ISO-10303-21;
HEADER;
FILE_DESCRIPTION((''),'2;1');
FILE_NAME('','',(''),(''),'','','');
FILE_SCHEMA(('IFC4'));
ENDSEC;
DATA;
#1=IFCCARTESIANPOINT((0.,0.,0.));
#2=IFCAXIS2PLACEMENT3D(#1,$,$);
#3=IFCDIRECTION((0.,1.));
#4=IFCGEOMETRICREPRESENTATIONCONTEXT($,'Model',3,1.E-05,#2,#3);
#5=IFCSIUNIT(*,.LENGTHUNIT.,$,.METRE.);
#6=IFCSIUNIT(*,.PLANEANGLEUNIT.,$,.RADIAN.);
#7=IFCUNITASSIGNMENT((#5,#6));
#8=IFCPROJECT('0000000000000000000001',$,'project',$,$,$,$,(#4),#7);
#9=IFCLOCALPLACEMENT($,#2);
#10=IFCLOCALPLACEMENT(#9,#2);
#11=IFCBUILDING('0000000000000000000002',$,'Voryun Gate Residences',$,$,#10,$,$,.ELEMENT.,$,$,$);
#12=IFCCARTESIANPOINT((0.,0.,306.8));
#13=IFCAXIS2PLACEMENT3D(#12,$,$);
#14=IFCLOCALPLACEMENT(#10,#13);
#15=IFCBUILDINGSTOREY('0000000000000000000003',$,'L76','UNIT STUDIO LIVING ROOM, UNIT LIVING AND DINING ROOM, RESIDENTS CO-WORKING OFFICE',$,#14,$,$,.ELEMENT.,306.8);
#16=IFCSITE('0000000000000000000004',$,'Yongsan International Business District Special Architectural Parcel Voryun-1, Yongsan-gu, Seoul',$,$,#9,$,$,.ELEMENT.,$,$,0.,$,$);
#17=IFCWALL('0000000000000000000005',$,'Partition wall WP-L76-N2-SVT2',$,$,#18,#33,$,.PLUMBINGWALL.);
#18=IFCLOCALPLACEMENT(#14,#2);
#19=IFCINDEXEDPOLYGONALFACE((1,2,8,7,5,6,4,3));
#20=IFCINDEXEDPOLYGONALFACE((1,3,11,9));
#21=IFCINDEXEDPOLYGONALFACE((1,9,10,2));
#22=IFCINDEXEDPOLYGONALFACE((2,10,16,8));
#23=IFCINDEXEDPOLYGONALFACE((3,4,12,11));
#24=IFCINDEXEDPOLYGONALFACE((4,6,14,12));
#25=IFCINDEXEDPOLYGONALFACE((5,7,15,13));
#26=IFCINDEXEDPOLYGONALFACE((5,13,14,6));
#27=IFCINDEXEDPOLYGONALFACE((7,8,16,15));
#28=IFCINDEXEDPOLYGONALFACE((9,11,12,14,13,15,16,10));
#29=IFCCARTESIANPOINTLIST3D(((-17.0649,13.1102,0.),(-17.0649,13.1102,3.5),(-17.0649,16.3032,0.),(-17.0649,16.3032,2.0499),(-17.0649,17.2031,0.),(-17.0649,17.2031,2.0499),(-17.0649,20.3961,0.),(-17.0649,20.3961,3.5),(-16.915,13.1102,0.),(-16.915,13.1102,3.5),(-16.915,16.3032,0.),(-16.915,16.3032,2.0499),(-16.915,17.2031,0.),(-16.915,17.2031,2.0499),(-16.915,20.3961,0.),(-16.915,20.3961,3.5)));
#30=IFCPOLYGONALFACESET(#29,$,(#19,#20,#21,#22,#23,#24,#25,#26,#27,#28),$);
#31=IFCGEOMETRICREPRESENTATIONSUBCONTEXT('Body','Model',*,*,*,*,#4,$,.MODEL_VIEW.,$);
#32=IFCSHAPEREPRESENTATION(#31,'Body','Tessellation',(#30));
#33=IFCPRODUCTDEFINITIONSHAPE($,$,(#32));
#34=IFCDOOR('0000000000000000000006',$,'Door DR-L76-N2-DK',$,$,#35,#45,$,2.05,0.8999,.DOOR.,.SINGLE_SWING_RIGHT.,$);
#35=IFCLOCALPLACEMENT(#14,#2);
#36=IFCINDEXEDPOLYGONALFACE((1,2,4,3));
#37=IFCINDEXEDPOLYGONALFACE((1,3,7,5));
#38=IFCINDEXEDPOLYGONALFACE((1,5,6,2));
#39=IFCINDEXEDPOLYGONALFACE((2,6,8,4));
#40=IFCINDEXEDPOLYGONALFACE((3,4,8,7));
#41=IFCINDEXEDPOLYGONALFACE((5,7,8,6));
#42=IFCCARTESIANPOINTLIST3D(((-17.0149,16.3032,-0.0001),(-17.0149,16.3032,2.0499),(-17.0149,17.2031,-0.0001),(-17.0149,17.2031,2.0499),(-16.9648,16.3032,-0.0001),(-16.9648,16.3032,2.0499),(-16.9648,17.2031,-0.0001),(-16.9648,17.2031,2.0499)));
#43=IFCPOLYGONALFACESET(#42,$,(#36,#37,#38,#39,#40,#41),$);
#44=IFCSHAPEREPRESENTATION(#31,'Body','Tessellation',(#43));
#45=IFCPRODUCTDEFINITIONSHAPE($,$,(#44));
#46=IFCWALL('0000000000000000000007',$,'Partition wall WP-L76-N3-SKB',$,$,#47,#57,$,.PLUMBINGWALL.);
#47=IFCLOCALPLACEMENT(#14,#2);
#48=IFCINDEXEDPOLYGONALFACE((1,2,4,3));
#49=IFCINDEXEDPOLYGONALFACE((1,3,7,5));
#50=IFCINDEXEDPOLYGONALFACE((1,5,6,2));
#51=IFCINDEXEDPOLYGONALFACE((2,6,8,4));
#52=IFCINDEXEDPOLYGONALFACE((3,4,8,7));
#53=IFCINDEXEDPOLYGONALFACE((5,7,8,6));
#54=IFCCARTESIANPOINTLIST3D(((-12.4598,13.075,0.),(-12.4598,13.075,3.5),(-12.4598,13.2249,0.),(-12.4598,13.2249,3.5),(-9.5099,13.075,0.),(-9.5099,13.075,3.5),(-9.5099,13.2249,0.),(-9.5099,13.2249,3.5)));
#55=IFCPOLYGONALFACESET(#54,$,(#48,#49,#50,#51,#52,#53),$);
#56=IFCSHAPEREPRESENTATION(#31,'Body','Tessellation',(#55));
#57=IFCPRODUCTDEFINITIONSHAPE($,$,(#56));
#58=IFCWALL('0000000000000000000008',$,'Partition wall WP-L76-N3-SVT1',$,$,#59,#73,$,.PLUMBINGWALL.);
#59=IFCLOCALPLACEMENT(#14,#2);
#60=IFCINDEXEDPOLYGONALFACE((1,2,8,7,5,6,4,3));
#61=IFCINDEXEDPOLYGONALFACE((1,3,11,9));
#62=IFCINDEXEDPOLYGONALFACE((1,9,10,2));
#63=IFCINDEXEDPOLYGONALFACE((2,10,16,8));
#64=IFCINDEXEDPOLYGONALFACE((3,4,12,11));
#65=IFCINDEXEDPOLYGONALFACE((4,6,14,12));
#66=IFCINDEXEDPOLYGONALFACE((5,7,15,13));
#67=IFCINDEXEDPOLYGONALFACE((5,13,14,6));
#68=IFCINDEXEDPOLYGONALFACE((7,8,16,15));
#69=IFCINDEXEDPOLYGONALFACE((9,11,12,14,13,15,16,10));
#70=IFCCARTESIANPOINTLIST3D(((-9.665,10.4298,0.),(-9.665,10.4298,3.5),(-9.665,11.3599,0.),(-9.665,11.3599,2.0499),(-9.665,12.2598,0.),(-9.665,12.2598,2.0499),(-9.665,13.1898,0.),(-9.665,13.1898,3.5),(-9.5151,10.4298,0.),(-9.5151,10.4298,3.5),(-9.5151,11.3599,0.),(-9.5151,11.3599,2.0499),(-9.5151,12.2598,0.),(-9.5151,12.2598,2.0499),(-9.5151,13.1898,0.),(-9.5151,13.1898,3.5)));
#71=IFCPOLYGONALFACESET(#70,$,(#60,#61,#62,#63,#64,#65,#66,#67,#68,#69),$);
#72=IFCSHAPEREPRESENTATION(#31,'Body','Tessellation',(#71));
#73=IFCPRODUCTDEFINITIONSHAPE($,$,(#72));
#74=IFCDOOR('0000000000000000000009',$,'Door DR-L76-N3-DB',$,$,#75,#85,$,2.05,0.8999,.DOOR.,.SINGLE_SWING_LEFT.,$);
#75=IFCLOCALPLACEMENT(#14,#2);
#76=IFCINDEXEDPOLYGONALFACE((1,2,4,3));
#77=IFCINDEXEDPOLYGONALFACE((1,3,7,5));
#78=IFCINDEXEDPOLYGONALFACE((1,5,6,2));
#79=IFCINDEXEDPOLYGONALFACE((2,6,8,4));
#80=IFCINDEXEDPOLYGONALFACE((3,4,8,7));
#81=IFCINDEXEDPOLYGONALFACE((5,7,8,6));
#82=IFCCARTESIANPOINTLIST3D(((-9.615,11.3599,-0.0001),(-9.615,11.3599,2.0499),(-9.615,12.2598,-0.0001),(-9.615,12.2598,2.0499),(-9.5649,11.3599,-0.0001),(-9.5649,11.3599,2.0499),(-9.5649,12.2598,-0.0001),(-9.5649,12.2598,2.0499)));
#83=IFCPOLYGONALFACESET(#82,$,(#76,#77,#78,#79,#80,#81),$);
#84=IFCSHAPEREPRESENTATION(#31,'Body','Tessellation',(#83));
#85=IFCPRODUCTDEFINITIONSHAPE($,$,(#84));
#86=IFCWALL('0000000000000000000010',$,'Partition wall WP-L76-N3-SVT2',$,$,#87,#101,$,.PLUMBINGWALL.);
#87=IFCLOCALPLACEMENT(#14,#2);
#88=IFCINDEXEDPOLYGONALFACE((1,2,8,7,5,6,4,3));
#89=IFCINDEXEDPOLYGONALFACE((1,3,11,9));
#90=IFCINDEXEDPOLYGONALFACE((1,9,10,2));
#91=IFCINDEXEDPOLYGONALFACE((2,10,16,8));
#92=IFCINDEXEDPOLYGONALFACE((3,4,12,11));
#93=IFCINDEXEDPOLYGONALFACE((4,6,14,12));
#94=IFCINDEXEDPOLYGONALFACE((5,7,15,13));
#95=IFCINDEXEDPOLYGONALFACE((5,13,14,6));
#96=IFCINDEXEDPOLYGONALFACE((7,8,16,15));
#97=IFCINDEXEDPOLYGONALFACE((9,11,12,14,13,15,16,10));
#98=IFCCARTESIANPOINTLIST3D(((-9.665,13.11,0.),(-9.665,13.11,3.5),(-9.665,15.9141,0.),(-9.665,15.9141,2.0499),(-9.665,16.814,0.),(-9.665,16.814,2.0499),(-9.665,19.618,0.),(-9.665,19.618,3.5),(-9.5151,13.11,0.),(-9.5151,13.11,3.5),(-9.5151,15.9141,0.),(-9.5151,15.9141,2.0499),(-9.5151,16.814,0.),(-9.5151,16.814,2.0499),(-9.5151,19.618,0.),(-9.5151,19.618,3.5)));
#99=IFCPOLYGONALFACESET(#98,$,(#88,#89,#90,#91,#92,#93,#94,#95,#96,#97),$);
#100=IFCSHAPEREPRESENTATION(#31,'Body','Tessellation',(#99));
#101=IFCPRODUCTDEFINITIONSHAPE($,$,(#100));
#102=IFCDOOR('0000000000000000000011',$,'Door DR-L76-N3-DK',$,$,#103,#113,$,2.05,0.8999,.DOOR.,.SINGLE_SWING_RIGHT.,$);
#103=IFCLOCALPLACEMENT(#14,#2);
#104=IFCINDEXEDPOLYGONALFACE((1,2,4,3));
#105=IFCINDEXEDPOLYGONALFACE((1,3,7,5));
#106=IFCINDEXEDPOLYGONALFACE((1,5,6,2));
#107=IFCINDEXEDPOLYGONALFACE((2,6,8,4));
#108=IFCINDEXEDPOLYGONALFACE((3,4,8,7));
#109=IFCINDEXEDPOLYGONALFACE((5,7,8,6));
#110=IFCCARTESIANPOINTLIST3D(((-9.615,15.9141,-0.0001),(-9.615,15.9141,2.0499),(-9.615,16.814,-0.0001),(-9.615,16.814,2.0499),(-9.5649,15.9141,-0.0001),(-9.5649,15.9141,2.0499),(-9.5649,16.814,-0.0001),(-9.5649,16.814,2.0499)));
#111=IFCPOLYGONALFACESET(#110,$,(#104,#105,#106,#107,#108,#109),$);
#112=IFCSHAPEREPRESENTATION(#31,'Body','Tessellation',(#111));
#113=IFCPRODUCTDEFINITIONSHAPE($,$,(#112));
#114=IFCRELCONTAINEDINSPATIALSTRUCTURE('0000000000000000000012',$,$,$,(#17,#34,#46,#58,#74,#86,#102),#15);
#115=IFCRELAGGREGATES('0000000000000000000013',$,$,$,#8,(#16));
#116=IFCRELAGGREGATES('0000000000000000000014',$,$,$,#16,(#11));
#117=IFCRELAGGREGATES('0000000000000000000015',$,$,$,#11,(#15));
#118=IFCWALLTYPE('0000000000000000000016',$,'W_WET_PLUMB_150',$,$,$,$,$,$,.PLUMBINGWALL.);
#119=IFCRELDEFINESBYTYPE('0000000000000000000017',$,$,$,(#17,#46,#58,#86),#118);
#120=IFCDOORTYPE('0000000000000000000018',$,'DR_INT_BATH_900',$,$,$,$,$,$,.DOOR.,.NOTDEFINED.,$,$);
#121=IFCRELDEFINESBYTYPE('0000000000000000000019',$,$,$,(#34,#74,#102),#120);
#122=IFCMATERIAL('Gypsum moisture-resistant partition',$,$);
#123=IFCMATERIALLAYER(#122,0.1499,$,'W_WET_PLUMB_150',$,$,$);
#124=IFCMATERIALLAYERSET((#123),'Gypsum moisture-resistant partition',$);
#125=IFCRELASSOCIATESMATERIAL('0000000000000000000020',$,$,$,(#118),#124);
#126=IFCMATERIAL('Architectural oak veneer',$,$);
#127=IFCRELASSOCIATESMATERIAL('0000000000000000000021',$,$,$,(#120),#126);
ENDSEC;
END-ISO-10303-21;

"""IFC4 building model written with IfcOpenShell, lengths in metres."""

from ifc_helpers import new_model, si_unit, direction, frame, frame_2d, origin, place, context, subcontext, project, spatial, rectangle, extrude, material, layer, layer_set, type_object, element, fill, save


model = new_model("IFC4")

# Units and contexts
model_context = context("Model", 3, precision=1e-05, world=origin(), true_north=direction((0.0, 1.0)))
body_context = subcontext(model_context, "Body", "Model", "MODEL_VIEW")
ifc_project = project(units=[si_unit("LENGTHUNIT", "METRE"), si_unit("PLANEANGLEUNIT", "RADIAN")], contexts=[model_context])

# Site, building, storey
site_placement = place(None, origin())
site = spatial("IfcSite", under=ifc_project, at=site_placement, Name="Yongsan International Business District Special Architectural Parcel Voryun-1, Yongsan-gu, Seoul", CompositionType="ELEMENT", RefElevation=0.0)
building_placement = place(site_placement, origin())
building = spatial("IfcBuilding", under=site, at=building_placement, Name="Voryun Gate Residences", CompositionType="ELEMENT")
storey_placement = place(building_placement, frame((0.0, 0.0, 306.8)))
storey = spatial("IfcBuildingStorey", under=building, at=storey_placement, Name="L76", Description="UNIT STUDIO LIVING ROOM, UNIT LIVING AND DINING ROOM, RESIDENTS CO-WORKING OFFICE", CompositionType="ELEMENT", Elevation=306.8)

# Wall, opening, door
ifc_material_1 = material(Name="Gypsum moisture-resistant partition")
ifc_layer_1 = layer(ifc_material_1, 0.1499, Name="W_WET_PLUMB_150")
ifc_layer_set_1 = layer_set([ifc_layer_1], Name="Gypsum moisture-resistant partition")
wall_type_1 = type_object("IfcWallType", Name="W_WET_PLUMB_150", PredefinedType="PLUMBINGWALL", material=ifc_layer_set_1)
ifc_material_2 = material(Name="Architectural oak veneer")
door_type_1 = type_object("IfcDoorType", Name="DR_INT_BATH_900", OperationType="NOTDEFINED", PredefinedType="DOOR", material=ifc_material_2)
wall_1_placement = place(storey_placement, frame((-16.99, 13.1101, 0.0), z_axis=(0.0, 0.0, 1.0), x_axis=(0.0, 1.0, 0.0)))
wall_1 = element("IfcWall", 1, at=wall_1_placement, inside=storey, type_object=wall_type_1, Name="Partition wall WP-L76-N2-SVT2", PredefinedType="PLUMBINGWALL", context=body_context, shape_type="SweptSolid", body=[
    extrude(rectangle(XDim=7.2859, YDim=0.1499, at=frame_2d((3.6431, 0.0))), origin(), (0.0, 0.0, 1.0), 3.5),
])
opening_1_placement = place(wall_1_placement, frame((3.1931, 0.0, 0.0)))
opening_1 = element("IfcOpeningElement", 2, at=opening_1_placement, cuts=wall_1, PredefinedType="OPENING", context=body_context, shape_type="SweptSolid", body=[
    extrude(rectangle(XDim=0.8999, YDim=2.05, at=frame_2d((0.45, 1.0249))), frame((0.0, 0.085, 0.0), z_axis=(0.0, -1.0, 0.0), x_axis=(1.0, 0.0, 0.0)), (0.0, 0.0, 1.0), 0.1699),
])
door_1_placement = place(opening_1_placement, origin())
door_1 = element("IfcDoor", 3, at=door_1_placement, inside=storey, type_object=door_type_1, Name="Door DR-L76-N2-DK", OperationType="SINGLE_SWING_RIGHT", OverallHeight=2.05, OverallWidth=0.8999, PredefinedType="DOOR", context=body_context, shape_type="SweptSolid", body=[
    extrude(rectangle(XDim=0.8999, YDim=2.05, at=frame_2d((0.45, 1.0249))), frame((0.0, 0.0249, 0.0), z_axis=(0.0, -1.0, 0.0), x_axis=(1.0, 0.0, 0.0)), (0.0, 0.0, 1.0), 0.05),
])
fill(opening_1, door_1)

# Wall
wall_2_placement = place(storey_placement, frame((-12.46, 13.1499, 0.0), z_axis=(0.0, 0.0, 1.0), x_axis=(1.0, 0.0, 0.0)))
element("IfcWall", 4, at=wall_2_placement, inside=storey, type_object=wall_type_1, Name="Partition wall WP-L76-N3-SKB", PredefinedType="PLUMBINGWALL", context=body_context, shape_type="SweptSolid", body=[
    extrude(rectangle(XDim=2.95, YDim=0.1499, at=frame_2d((1.4751, 0.0))), origin(), (0.0, 0.0, 1.0), 3.5),
])

# Walls, openings, doors
wall_3_placement = place(storey_placement, frame((-9.5901, 10.4299, 0.0), z_axis=(0.0, 0.0, 1.0), x_axis=(0.0, 1.0, 0.0)))
wall_3 = element("IfcWall", 5, at=wall_3_placement, inside=storey, type_object=wall_type_1, Name="Partition wall WP-L76-N3-SVT1", PredefinedType="PLUMBINGWALL", context=body_context, shape_type="SweptSolid", body=[
    extrude(rectangle(XDim=2.76, YDim=0.1499, at=frame_2d((1.3799, 0.0))), origin(), (0.0, 0.0, 1.0), 3.5),
])
opening_2_placement = place(wall_3_placement, frame((0.9299, 0.0, 0.0)))
opening_2 = element("IfcOpeningElement", 6, at=opening_2_placement, cuts=wall_3, PredefinedType="OPENING", context=body_context, shape_type="SweptSolid", body=[
    extrude(rectangle(XDim=0.8999, YDim=2.05, at=frame_2d((0.45, 1.0249))), frame((0.0, 0.085, 0.0), z_axis=(0.0, -1.0, 0.0), x_axis=(1.0, 0.0, 0.0)), (0.0, 0.0, 1.0), 0.1699),
])
door_2_placement = place(opening_2_placement, origin())
door_2 = element("IfcDoor", 7, at=door_2_placement, inside=storey, type_object=door_type_1, Name="Door DR-L76-N3-DB", OperationType="SINGLE_SWING_LEFT", OverallHeight=2.05, OverallWidth=0.8999, PredefinedType="DOOR", context=body_context, shape_type="SweptSolid", body=[
    extrude(rectangle(XDim=0.8999, YDim=2.05, at=frame_2d((0.45, 1.0249))), frame((0.0, 0.0249, 0.0), z_axis=(0.0, -1.0, 0.0), x_axis=(1.0, 0.0, 0.0)), (0.0, 0.0, 1.0), 0.05),
])
fill(opening_2, door_2)
wall_4_placement = place(storey_placement, frame((-9.5901, 13.1101, 0.0), z_axis=(0.0, 0.0, 1.0), x_axis=(0.0, 1.0, 0.0)))
wall_4 = element("IfcWall", 8, at=wall_4_placement, inside=storey, type_object=wall_type_1, Name="Partition wall WP-L76-N3-SVT2", PredefinedType="PLUMBINGWALL", context=body_context, shape_type="SweptSolid", body=[
    extrude(rectangle(XDim=6.5081, YDim=0.1499, at=frame_2d((3.2539, 0.0))), origin(), (0.0, 0.0, 1.0), 3.5),
])
opening_3_placement = place(wall_4_placement, frame((2.804, 0.0, 0.0)))
opening_3 = element("IfcOpeningElement", 9, at=opening_3_placement, cuts=wall_4, PredefinedType="OPENING", context=body_context, shape_type="SweptSolid", body=[
    extrude(rectangle(XDim=0.8999, YDim=2.05, at=frame_2d((0.45, 1.0249))), frame((0.0, 0.085, 0.0), z_axis=(0.0, -1.0, 0.0), x_axis=(1.0, 0.0, 0.0)), (0.0, 0.0, 1.0), 0.1699),
])
door_3_placement = place(opening_3_placement, origin())
door_3 = element("IfcDoor", 10, at=door_3_placement, inside=storey, type_object=door_type_1, Name="Door DR-L76-N3-DK", OperationType="SINGLE_SWING_RIGHT", OverallHeight=2.05, OverallWidth=0.8999, PredefinedType="DOOR", context=body_context, shape_type="SweptSolid", body=[
    extrude(rectangle(XDim=0.8999, YDim=2.05, at=frame_2d((0.45, 1.0249))), frame((0.0, 0.0249, 0.0), z_axis=(0.0, -1.0, 0.0), x_axis=(1.0, 0.0, 0.0)), (0.0, 0.0, 1.0), 0.05),
])
fill(opening_3, door_3)

save(model, "model.ifc")
